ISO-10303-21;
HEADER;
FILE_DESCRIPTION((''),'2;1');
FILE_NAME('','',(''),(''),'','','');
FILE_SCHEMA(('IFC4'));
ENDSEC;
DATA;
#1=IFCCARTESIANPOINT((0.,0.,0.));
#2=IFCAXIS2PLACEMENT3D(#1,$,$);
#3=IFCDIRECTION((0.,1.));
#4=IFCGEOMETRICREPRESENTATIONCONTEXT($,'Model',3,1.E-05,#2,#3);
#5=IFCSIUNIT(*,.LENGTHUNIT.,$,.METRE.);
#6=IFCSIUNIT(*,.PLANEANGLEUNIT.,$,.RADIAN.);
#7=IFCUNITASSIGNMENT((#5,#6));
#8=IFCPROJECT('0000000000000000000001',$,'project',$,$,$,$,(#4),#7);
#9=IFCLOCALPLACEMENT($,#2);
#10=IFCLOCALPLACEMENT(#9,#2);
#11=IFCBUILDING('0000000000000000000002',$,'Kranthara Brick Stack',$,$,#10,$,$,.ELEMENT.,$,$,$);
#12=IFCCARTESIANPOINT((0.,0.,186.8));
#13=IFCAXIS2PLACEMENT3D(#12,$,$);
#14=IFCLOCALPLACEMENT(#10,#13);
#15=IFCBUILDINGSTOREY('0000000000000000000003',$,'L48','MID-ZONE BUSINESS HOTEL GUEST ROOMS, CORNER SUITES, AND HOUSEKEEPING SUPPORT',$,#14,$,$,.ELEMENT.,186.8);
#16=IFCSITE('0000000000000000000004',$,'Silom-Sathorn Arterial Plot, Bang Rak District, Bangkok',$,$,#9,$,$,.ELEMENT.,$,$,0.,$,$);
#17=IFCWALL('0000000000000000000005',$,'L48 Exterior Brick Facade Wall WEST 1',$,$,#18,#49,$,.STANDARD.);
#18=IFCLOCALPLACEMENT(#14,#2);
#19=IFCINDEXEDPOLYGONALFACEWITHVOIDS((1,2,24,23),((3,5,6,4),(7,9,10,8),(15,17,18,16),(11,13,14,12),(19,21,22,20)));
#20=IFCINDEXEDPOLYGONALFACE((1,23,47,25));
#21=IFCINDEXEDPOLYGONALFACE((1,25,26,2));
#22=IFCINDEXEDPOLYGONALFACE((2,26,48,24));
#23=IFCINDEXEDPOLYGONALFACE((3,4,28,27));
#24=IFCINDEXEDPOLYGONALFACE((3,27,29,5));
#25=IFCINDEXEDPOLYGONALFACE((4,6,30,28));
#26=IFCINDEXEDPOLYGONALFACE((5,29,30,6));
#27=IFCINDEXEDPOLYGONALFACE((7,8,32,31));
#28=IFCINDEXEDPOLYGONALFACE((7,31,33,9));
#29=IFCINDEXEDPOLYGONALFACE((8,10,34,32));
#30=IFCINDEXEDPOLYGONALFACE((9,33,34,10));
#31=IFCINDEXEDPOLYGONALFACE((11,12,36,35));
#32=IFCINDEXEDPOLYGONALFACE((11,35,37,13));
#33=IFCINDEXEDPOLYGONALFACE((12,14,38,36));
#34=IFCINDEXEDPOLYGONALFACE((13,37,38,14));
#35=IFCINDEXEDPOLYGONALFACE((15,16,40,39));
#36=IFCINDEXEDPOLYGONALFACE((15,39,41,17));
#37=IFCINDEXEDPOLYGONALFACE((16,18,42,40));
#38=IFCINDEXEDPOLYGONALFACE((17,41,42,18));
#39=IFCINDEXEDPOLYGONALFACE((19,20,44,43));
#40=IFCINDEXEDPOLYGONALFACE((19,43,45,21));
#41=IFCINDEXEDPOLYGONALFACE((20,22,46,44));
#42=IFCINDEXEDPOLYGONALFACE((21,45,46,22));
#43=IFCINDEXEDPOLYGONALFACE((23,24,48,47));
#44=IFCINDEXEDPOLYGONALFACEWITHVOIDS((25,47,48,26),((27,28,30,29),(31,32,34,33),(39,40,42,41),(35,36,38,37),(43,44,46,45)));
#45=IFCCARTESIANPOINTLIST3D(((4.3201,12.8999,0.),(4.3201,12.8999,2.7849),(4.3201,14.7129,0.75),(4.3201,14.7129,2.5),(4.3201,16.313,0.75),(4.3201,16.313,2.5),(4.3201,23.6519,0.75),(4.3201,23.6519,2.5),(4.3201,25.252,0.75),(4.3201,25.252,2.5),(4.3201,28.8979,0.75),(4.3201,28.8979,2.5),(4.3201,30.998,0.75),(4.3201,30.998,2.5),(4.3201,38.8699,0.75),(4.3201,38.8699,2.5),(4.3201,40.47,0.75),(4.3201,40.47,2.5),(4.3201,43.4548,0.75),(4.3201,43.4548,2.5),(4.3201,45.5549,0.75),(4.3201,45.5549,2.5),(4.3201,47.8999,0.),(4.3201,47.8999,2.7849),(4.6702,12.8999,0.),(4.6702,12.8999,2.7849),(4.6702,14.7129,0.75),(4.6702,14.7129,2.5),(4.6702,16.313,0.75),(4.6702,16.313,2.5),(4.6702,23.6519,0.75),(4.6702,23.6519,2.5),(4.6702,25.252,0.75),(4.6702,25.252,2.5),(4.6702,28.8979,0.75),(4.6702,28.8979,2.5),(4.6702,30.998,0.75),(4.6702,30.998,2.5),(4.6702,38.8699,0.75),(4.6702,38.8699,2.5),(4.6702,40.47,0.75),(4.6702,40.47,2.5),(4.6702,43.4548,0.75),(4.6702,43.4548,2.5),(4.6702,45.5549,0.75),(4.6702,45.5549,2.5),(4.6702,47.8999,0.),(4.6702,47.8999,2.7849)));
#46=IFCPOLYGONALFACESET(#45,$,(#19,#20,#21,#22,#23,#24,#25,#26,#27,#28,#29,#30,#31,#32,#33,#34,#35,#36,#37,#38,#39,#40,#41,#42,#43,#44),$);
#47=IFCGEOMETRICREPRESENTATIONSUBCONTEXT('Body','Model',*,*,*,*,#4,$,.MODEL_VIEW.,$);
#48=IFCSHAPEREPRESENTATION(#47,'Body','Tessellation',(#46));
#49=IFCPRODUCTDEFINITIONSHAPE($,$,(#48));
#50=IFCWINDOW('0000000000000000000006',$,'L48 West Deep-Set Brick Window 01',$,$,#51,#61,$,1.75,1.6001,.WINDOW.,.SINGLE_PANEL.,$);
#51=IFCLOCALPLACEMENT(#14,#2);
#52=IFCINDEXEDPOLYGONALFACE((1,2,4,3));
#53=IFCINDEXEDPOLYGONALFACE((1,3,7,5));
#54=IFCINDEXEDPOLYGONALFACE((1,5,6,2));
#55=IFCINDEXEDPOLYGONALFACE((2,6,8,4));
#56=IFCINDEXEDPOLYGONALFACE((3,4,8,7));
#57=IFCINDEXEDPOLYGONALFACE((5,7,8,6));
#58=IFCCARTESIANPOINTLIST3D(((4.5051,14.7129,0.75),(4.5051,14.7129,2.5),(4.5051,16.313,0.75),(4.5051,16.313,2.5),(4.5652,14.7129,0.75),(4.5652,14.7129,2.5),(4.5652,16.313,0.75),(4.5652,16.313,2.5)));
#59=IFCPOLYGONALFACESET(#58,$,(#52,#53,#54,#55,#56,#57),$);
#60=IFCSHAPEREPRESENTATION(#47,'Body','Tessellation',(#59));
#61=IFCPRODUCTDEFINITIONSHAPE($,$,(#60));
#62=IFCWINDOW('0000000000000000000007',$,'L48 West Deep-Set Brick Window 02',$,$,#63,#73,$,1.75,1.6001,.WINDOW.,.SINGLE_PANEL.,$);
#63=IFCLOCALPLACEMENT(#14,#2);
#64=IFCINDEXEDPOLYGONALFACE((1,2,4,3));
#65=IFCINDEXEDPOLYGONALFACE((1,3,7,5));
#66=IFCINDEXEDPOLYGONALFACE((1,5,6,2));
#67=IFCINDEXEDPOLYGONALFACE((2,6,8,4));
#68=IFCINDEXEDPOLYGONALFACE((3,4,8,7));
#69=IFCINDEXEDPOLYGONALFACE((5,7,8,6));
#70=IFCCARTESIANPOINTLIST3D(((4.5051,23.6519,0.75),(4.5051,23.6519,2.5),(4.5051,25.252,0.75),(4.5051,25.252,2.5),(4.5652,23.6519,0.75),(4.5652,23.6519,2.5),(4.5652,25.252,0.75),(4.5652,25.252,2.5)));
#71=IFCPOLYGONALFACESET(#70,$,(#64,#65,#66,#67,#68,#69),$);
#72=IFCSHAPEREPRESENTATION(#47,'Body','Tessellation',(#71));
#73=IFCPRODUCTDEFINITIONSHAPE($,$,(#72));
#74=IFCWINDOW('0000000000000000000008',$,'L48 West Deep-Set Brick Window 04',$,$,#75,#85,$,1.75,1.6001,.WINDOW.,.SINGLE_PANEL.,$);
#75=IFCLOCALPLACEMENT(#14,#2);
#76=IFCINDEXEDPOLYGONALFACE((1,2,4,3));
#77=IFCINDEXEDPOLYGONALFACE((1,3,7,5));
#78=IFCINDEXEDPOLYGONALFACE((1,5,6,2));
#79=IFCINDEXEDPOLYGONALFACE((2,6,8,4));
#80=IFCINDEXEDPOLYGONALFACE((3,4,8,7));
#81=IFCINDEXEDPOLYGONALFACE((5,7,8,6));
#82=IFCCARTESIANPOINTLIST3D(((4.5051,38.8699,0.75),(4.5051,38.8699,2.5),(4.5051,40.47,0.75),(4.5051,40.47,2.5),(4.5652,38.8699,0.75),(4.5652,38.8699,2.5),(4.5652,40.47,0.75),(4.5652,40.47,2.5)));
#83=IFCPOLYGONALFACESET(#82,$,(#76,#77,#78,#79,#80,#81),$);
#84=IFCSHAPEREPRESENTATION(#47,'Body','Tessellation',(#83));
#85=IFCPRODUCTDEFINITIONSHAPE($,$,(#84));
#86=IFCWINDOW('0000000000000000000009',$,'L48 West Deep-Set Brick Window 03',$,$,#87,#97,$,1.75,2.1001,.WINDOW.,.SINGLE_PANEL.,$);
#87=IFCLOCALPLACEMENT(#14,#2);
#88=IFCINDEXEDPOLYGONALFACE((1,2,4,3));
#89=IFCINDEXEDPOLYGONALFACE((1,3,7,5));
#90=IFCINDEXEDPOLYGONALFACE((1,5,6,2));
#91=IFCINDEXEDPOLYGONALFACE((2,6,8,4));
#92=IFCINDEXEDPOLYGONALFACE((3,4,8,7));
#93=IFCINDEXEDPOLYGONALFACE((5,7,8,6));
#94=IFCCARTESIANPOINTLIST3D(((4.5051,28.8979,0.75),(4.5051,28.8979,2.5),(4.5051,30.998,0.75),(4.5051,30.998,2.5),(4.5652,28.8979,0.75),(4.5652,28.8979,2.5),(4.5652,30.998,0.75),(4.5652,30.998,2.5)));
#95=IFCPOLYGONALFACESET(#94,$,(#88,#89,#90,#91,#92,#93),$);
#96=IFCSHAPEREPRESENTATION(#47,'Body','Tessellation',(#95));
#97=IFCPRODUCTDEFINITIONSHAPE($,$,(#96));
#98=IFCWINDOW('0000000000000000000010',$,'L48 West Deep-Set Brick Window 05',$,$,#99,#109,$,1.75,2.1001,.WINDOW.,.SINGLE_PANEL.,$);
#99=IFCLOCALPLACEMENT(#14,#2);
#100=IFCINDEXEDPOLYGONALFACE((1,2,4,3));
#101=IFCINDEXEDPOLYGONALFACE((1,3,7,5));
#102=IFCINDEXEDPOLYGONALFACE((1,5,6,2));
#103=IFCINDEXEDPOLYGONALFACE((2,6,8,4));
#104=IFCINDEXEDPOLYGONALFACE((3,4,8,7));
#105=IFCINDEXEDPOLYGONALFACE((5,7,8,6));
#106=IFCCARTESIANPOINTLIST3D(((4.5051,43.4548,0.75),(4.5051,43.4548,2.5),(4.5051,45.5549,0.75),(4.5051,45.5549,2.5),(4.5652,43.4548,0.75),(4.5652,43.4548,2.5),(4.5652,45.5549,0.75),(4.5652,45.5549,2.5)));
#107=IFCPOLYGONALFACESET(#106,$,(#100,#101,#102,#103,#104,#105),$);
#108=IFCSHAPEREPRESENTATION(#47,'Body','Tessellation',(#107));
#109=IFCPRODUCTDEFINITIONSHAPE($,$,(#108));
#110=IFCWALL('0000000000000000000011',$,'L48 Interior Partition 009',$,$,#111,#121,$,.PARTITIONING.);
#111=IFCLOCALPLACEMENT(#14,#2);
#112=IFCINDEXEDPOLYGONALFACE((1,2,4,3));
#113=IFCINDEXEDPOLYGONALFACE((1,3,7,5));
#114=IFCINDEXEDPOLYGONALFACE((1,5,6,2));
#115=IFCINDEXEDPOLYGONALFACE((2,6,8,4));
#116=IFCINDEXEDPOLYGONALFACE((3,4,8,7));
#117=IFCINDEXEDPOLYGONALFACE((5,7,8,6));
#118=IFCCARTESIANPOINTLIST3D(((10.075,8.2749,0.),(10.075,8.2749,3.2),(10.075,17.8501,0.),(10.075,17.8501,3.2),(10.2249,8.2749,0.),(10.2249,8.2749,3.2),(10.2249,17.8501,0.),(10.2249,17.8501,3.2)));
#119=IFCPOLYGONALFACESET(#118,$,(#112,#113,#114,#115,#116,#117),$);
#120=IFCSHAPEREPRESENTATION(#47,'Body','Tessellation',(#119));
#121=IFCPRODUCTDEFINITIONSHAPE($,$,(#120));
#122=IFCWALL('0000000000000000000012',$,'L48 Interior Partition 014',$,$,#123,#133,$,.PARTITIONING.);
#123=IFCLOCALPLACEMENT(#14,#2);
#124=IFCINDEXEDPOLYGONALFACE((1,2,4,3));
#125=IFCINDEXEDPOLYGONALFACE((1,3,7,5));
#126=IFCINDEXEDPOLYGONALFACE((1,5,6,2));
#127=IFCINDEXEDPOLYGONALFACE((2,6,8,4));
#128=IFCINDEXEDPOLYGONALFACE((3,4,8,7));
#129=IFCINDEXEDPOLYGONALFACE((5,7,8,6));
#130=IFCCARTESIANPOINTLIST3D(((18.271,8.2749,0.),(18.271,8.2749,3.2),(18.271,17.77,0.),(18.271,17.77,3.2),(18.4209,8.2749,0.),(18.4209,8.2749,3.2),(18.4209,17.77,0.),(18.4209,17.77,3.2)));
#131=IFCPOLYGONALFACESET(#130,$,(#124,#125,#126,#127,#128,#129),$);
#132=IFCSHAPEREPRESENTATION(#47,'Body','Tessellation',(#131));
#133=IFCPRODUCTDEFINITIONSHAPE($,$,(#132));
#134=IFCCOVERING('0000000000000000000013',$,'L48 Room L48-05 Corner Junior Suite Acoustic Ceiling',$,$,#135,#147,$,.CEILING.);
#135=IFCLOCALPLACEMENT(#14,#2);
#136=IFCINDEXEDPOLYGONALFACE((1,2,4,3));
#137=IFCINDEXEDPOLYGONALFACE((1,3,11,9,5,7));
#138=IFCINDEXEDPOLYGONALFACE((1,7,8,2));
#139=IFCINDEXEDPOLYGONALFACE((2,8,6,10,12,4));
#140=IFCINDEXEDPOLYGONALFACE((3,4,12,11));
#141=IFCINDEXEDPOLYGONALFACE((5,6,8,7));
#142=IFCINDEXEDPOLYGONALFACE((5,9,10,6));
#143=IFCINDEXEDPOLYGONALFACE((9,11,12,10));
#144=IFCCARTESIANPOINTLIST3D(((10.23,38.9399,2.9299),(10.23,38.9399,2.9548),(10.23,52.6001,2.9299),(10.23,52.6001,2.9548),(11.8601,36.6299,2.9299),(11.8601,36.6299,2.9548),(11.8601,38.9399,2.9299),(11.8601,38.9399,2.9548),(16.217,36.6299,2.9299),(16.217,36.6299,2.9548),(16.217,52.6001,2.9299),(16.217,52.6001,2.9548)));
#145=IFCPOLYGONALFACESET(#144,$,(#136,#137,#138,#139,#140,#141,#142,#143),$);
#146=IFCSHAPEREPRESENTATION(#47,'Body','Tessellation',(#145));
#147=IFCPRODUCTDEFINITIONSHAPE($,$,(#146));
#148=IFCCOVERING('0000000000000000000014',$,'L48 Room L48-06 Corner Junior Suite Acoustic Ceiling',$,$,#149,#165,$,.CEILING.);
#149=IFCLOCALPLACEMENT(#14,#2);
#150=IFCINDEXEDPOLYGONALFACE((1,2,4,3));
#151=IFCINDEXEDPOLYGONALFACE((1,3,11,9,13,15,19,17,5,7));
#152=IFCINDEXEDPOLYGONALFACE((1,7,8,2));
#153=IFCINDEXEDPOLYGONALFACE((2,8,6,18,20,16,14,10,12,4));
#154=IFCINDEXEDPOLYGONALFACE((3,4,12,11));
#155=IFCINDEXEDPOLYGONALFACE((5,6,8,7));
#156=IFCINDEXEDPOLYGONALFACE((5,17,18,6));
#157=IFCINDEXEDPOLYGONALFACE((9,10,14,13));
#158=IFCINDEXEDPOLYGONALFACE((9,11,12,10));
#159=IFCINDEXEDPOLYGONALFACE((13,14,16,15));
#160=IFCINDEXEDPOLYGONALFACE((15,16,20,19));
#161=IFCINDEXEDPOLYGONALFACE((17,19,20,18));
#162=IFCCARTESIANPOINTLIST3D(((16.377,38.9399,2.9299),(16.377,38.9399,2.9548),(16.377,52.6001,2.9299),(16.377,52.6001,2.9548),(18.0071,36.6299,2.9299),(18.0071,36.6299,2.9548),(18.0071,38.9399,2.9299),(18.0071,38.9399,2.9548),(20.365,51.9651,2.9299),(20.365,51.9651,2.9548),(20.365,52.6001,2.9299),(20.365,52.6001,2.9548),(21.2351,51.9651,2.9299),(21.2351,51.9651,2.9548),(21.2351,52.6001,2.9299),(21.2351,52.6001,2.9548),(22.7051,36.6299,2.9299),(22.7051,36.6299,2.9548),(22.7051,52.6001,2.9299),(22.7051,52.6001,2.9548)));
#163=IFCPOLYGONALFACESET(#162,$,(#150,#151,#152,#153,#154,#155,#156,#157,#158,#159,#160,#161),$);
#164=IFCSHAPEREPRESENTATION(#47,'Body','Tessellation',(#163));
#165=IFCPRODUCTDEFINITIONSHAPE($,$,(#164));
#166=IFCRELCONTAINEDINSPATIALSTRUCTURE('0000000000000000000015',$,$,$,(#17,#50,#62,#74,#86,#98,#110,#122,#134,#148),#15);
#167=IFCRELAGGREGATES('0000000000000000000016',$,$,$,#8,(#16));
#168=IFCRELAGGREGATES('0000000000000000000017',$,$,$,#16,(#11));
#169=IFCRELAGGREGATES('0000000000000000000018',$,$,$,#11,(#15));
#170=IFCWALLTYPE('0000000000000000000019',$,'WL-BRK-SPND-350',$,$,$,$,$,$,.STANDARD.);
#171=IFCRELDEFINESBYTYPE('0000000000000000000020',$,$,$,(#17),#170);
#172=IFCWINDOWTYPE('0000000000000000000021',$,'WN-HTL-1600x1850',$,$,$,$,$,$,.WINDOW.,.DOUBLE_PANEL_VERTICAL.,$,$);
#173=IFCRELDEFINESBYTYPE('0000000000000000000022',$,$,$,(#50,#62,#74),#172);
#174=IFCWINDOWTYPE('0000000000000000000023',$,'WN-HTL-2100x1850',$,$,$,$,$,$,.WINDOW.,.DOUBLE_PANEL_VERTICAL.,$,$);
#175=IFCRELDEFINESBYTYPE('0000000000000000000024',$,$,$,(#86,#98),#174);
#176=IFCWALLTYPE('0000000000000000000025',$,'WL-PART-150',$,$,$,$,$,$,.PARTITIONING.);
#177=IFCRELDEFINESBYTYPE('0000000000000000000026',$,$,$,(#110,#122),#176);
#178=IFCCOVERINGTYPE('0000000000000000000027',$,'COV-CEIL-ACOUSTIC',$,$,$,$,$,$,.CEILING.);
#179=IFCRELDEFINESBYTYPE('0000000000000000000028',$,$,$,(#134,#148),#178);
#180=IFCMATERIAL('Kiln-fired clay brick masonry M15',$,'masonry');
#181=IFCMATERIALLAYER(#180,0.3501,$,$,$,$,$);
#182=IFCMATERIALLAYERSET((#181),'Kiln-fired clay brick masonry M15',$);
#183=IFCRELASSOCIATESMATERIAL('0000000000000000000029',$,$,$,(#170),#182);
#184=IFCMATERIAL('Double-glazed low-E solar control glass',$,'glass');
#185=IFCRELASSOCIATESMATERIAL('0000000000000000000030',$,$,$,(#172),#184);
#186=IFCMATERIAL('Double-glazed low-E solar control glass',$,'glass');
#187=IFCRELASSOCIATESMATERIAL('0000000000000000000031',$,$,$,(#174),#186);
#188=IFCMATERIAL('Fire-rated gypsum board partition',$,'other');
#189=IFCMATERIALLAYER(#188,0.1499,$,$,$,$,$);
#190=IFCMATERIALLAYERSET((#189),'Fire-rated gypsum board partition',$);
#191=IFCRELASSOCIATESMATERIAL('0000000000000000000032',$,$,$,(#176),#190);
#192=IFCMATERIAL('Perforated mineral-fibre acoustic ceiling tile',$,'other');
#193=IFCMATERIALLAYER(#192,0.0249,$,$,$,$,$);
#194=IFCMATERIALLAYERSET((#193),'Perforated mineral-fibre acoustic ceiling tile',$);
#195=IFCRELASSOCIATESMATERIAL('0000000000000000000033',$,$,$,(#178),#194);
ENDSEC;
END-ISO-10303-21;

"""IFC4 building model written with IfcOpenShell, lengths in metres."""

from ifc_helpers import new_model, si_unit, direction, frame, frame_2d, origin, place, context, subcontext, project, spatial, polyline, rectangle, outline, extrude, material, layer, layer_set, type_object, element, fill, save


model = new_model("IFC4")

# Units and contexts
model_context = context("Model", 3, precision=1e-05, world=origin(), true_north=direction((0.0, 1.0)))
body_context = subcontext(model_context, "Body", "Model", "MODEL_VIEW")
ifc_project = project(units=[si_unit("LENGTHUNIT", "METRE"), si_unit("PLANEANGLEUNIT", "RADIAN")], contexts=[model_context])

# Site, building, storey
site_placement = place(None, origin())
site = spatial("IfcSite", under=ifc_project, at=site_placement, Name="Silom-Sathorn Arterial Plot, Bang Rak District, Bangkok", CompositionType="ELEMENT", RefElevation=0.0)
building_placement = place(site_placement, origin())
building = spatial("IfcBuilding", under=site, at=building_placement, Name="Kranthara Brick Stack", CompositionType="ELEMENT")
storey_placement = place(building_placement, frame((0.0, 0.0, 186.8)))
storey = spatial("IfcBuildingStorey", under=building, at=storey_placement, Name="L48", Description="MID-ZONE BUSINESS HOTEL GUEST ROOMS, CORNER SUITES, AND HOUSEKEEPING SUPPORT", CompositionType="ELEMENT", Elevation=186.8)

# Shared definitions
ifc_material_1 = material(Name="Kiln-fired clay brick masonry M15", Category="masonry")
ifc_layer_1 = layer(ifc_material_1, 0.3501)
ifc_layer_set_1 = layer_set([ifc_layer_1], Name="Kiln-fired clay brick masonry M15")
wall_type_1 = type_object("IfcWallType", Name="WL-BRK-SPND-350", PredefinedType="STANDARD", material=ifc_layer_set_1)

# Wall, openings, windows
wall_1_placement = place(storey_placement, frame((4.4951, 12.8999, 0.0), z_axis=(0.0, 0.0, 1.0), x_axis=(0.0, 1.0, 0.0)))
wall_1 = element("IfcWall", 1, at=wall_1_placement, inside=storey, type_object=wall_type_1, Name="L48 Exterior Brick Facade Wall WEST 1", PredefinedType="STANDARD", context=body_context, shape_type="SweptSolid", body=[
    extrude(rectangle(XDim=35.0, YDim=0.3501, at=frame_2d((17.5, 0.0))), origin(), (0.0, 0.0, 1.0), 2.7849),
])
opening_1_placement = place(wall_1_placement, frame((1.813, 0.0, 0.75)))
opening_1 = element("IfcOpeningElement", 2, at=opening_1_placement, cuts=wall_1, PredefinedType="OPENING", context=body_context, shape_type="SweptSolid", body=[
    extrude(rectangle(XDim=1.6001, YDim=1.75, at=frame_2d((0.8, 0.875))), frame((0.0, 0.1851, 0.0), z_axis=(0.0, -1.0, 0.0), x_axis=(1.0, 0.0, 0.0)), (0.0, 0.0, 1.0), 0.3701),
])
opening_2_placement = place(wall_1_placement, frame((10.752, 0.0, 0.75)))
opening_2 = element("IfcOpeningElement", 3, at=opening_2_placement, cuts=wall_1, PredefinedType="OPENING", context=body_context, shape_type="SweptSolid", body=[
    extrude(rectangle(XDim=1.6001, YDim=1.75, at=frame_2d((0.8, 0.875))), frame((0.0, 0.1851, 0.0), z_axis=(0.0, -1.0, 0.0), x_axis=(1.0, 0.0, 0.0)), (0.0, 0.0, 1.0), 0.3701),
])
opening_3_placement = place(wall_1_placement, frame((15.998, 0.0, 0.75)))
opening_3 = element("IfcOpeningElement", 4, at=opening_3_placement, cuts=wall_1, PredefinedType="OPENING", context=body_context, shape_type="SweptSolid", body=[
    extrude(rectangle(XDim=2.1001, YDim=1.75, at=frame_2d((1.05, 0.875))), frame((0.0, 0.1851, 0.0), z_axis=(0.0, -1.0, 0.0), x_axis=(1.0, 0.0, 0.0)), (0.0, 0.0, 1.0), 0.3701),
])
opening_4_placement = place(wall_1_placement, frame((25.97, 0.0, 0.75)))
opening_4 = element("IfcOpeningElement", 5, at=opening_4_placement, cuts=wall_1, PredefinedType="OPENING", context=body_context, shape_type="SweptSolid", body=[
    extrude(rectangle(XDim=1.6001, YDim=1.75, at=frame_2d((0.8, 0.875))), frame((0.0, 0.1851, 0.0), z_axis=(0.0, -1.0, 0.0), x_axis=(1.0, 0.0, 0.0)), (0.0, 0.0, 1.0), 0.3701),
])
opening_5_placement = place(wall_1_placement, frame((30.5549, 0.0, 0.75)))
opening_5 = element("IfcOpeningElement", 6, at=opening_5_placement, cuts=wall_1, PredefinedType="OPENING", context=body_context, shape_type="SweptSolid", body=[
    extrude(rectangle(XDim=2.1001, YDim=1.75, at=frame_2d((1.05, 0.875))), frame((0.0, 0.1851, 0.0), z_axis=(0.0, -1.0, 0.0), x_axis=(1.0, 0.0, 0.0)), (0.0, 0.0, 1.0), 0.3701),
])
ifc_material_2 = material(Name="Double-glazed low-E solar control glass", Category="glass")
window_type_1 = type_object("IfcWindowType", Name="WN-HTL-1600x1850", PartitioningType="DOUBLE_PANEL_VERTICAL", PredefinedType="WINDOW", material=ifc_material_2)
window_1_placement = place(opening_1_placement, origin())
window_1 = element("IfcWindow", 7, at=window_1_placement, inside=storey, type_object=window_type_1, Name="L48 West Deep-Set Brick Window 01", OverallHeight=1.75, OverallWidth=1.6001, PartitioningType="SINGLE_PANEL", PredefinedType="WINDOW", context=body_context, shape_type="SweptSolid", body=[
    extrude(rectangle(XDim=1.6001, YDim=1.75, at=frame_2d((0.8, 0.875))), frame((0.0, -0.01, 0.0), z_axis=(0.0, -1.0, 0.0), x_axis=(1.0, 0.0, 0.0)), (0.0, 0.0, 1.0), 0.0601),
])
fill(opening_1, window_1)
window_2_placement = place(opening_2_placement, origin())
window_2 = element("IfcWindow", 8, at=window_2_placement, inside=storey, type_object=window_type_1, Name="L48 West Deep-Set Brick Window 02", OverallHeight=1.75, OverallWidth=1.6001, PartitioningType="SINGLE_PANEL", PredefinedType="WINDOW", context=body_context, shape_type="SweptSolid", body=[
    extrude(rectangle(XDim=1.6001, YDim=1.75, at=frame_2d((0.8, 0.875))), frame((0.0, -0.01, 0.0), z_axis=(0.0, -1.0, 0.0), x_axis=(1.0, 0.0, 0.0)), (0.0, 0.0, 1.0), 0.0601),
])
fill(opening_2, window_2)
window_3_placement = place(opening_4_placement, origin())
window_3 = element("IfcWindow", 9, at=window_3_placement, inside=storey, type_object=window_type_1, Name="L48 West Deep-Set Brick Window 04", OverallHeight=1.75, OverallWidth=1.6001, PartitioningType="SINGLE_PANEL", PredefinedType="WINDOW", context=body_context, shape_type="SweptSolid", body=[
    extrude(rectangle(XDim=1.6001, YDim=1.75, at=frame_2d((0.8, 0.875))), frame((0.0, -0.01, 0.0), z_axis=(0.0, -1.0, 0.0), x_axis=(1.0, 0.0, 0.0)), (0.0, 0.0, 1.0), 0.0601),
])
fill(opening_4, window_3)
ifc_material_3 = material(Name="Double-glazed low-E solar control glass", Category="glass")
window_type_2 = type_object("IfcWindowType", Name="WN-HTL-2100x1850", PartitioningType="DOUBLE_PANEL_VERTICAL", PredefinedType="WINDOW", material=ifc_material_3)
window_4_placement = place(opening_3_placement, origin())
window_4 = element("IfcWindow", 10, at=window_4_placement, inside=storey, type_object=window_type_2, Name="L48 West Deep-Set Brick Window 03", OverallHeight=1.75, OverallWidth=2.1001, PartitioningType="SINGLE_PANEL", PredefinedType="WINDOW", context=body_context, shape_type="SweptSolid", body=[
    extrude(rectangle(XDim=2.1001, YDim=1.75, at=frame_2d((1.05, 0.875))), frame((0.0, -0.01, 0.0), z_axis=(0.0, -1.0, 0.0), x_axis=(1.0, 0.0, 0.0)), (0.0, 0.0, 1.0), 0.0601),
])
fill(opening_3, window_4)
window_5_placement = place(opening_5_placement, origin())
window_5 = element("IfcWindow", 11, at=window_5_placement, inside=storey, type_object=window_type_2, Name="L48 West Deep-Set Brick Window 05", OverallHeight=1.75, OverallWidth=2.1001, PartitioningType="SINGLE_PANEL", PredefinedType="WINDOW", context=body_context, shape_type="SweptSolid", body=[
    extrude(rectangle(XDim=2.1001, YDim=1.75, at=frame_2d((1.05, 0.875))), frame((0.0, -0.01, 0.0), z_axis=(0.0, -1.0, 0.0), x_axis=(1.0, 0.0, 0.0)), (0.0, 0.0, 1.0), 0.0601),
])
fill(opening_5, window_5)

# Walls
ifc_material_4 = material(Name="Fire-rated gypsum board partition", Category="other")
ifc_layer_2 = layer(ifc_material_4, 0.1499)
ifc_layer_set_2 = layer_set([ifc_layer_2], Name="Fire-rated gypsum board partition")
wall_type_2 = type_object("IfcWallType", Name="WL-PART-150", PredefinedType="PARTITIONING", material=ifc_layer_set_2)
wall_2_placement = place(storey_placement, frame((10.1499, 8.2749, 0.0), z_axis=(0.0, 0.0, 1.0), x_axis=(0.0, 1.0, 0.0)))
element("IfcWall", 12, at=wall_2_placement, inside=storey, type_object=wall_type_2, Name="L48 Interior Partition 009", PredefinedType="PARTITIONING", context=body_context, shape_type="SweptSolid", body=[
    extrude(rectangle(XDim=9.5752, YDim=0.1499, at=frame_2d((4.7876, 0.0))), origin(), (0.0, 0.0, 1.0), 3.2),
])
wall_3_placement = place(storey_placement, frame((18.3459, 8.2749, 0.0), z_axis=(0.0, 0.0, 1.0), x_axis=(0.0, 1.0, 0.0)))
element("IfcWall", 13, at=wall_3_placement, inside=storey, type_object=wall_type_2, Name="L48 Interior Partition 014", PredefinedType="PARTITIONING", context=body_context, shape_type="SweptSolid", body=[
    extrude(rectangle(XDim=9.4951, YDim=0.1499, at=frame_2d((4.7476, 0.0))), origin(), (0.0, 0.0, 1.0), 3.2),
])

# Coverings
ifc_material_5 = material(Name="Perforated mineral-fibre acoustic ceiling tile", Category="other")
ifc_layer_3 = layer(ifc_material_5, 0.0249)
ifc_layer_set_3 = layer_set([ifc_layer_3], Name="Perforated mineral-fibre acoustic ceiling tile")
covering_type = type_object("IfcCoveringType", Name="COV-CEIL-ACOUSTIC", PredefinedType="CEILING", material=ifc_layer_set_3)
covering_1_placement = place(storey_placement, frame((0.0, 0.0, 2.9299)))
element("IfcCovering", 14, at=covering_1_placement, inside=storey, type_object=covering_type, Name="L48 Room L48-05 Corner Junior Suite Acoustic Ceiling", PredefinedType="CEILING", context=body_context, shape_type="SweptSolid", body=[
    extrude(outline(polyline([(11.8601, 36.6299), (16.217, 36.6299), (16.217, 52.6001), (10.23, 52.6001), (10.23, 38.9399), (11.8601, 38.9399), (11.8601, 36.6299)])), origin(), (0.0, 0.0, 1.0), 0.0249),
])
covering_2_placement = place(storey_placement, frame((0.0, 0.0, 2.9299)))
element("IfcCovering", 15, at=covering_2_placement, inside=storey, type_object=covering_type, Name="L48 Room L48-06 Corner Junior Suite Acoustic Ceiling", PredefinedType="CEILING", context=body_context, shape_type="SweptSolid", body=[
    extrude(outline(polyline([(22.7051, 52.6001), (22.7051, 36.6299), (18.0071, 36.6299), (18.0071, 38.9399), (16.377, 38.9399), (16.377, 52.6001), (20.365, 52.6001), (20.365, 51.9651), (21.2351, 51.9651), (21.2351, 52.6001), (22.7051, 52.6001)])), origin(), (0.0, 0.0, 1.0), 0.0249),
])

save(model, "model.ifc")
